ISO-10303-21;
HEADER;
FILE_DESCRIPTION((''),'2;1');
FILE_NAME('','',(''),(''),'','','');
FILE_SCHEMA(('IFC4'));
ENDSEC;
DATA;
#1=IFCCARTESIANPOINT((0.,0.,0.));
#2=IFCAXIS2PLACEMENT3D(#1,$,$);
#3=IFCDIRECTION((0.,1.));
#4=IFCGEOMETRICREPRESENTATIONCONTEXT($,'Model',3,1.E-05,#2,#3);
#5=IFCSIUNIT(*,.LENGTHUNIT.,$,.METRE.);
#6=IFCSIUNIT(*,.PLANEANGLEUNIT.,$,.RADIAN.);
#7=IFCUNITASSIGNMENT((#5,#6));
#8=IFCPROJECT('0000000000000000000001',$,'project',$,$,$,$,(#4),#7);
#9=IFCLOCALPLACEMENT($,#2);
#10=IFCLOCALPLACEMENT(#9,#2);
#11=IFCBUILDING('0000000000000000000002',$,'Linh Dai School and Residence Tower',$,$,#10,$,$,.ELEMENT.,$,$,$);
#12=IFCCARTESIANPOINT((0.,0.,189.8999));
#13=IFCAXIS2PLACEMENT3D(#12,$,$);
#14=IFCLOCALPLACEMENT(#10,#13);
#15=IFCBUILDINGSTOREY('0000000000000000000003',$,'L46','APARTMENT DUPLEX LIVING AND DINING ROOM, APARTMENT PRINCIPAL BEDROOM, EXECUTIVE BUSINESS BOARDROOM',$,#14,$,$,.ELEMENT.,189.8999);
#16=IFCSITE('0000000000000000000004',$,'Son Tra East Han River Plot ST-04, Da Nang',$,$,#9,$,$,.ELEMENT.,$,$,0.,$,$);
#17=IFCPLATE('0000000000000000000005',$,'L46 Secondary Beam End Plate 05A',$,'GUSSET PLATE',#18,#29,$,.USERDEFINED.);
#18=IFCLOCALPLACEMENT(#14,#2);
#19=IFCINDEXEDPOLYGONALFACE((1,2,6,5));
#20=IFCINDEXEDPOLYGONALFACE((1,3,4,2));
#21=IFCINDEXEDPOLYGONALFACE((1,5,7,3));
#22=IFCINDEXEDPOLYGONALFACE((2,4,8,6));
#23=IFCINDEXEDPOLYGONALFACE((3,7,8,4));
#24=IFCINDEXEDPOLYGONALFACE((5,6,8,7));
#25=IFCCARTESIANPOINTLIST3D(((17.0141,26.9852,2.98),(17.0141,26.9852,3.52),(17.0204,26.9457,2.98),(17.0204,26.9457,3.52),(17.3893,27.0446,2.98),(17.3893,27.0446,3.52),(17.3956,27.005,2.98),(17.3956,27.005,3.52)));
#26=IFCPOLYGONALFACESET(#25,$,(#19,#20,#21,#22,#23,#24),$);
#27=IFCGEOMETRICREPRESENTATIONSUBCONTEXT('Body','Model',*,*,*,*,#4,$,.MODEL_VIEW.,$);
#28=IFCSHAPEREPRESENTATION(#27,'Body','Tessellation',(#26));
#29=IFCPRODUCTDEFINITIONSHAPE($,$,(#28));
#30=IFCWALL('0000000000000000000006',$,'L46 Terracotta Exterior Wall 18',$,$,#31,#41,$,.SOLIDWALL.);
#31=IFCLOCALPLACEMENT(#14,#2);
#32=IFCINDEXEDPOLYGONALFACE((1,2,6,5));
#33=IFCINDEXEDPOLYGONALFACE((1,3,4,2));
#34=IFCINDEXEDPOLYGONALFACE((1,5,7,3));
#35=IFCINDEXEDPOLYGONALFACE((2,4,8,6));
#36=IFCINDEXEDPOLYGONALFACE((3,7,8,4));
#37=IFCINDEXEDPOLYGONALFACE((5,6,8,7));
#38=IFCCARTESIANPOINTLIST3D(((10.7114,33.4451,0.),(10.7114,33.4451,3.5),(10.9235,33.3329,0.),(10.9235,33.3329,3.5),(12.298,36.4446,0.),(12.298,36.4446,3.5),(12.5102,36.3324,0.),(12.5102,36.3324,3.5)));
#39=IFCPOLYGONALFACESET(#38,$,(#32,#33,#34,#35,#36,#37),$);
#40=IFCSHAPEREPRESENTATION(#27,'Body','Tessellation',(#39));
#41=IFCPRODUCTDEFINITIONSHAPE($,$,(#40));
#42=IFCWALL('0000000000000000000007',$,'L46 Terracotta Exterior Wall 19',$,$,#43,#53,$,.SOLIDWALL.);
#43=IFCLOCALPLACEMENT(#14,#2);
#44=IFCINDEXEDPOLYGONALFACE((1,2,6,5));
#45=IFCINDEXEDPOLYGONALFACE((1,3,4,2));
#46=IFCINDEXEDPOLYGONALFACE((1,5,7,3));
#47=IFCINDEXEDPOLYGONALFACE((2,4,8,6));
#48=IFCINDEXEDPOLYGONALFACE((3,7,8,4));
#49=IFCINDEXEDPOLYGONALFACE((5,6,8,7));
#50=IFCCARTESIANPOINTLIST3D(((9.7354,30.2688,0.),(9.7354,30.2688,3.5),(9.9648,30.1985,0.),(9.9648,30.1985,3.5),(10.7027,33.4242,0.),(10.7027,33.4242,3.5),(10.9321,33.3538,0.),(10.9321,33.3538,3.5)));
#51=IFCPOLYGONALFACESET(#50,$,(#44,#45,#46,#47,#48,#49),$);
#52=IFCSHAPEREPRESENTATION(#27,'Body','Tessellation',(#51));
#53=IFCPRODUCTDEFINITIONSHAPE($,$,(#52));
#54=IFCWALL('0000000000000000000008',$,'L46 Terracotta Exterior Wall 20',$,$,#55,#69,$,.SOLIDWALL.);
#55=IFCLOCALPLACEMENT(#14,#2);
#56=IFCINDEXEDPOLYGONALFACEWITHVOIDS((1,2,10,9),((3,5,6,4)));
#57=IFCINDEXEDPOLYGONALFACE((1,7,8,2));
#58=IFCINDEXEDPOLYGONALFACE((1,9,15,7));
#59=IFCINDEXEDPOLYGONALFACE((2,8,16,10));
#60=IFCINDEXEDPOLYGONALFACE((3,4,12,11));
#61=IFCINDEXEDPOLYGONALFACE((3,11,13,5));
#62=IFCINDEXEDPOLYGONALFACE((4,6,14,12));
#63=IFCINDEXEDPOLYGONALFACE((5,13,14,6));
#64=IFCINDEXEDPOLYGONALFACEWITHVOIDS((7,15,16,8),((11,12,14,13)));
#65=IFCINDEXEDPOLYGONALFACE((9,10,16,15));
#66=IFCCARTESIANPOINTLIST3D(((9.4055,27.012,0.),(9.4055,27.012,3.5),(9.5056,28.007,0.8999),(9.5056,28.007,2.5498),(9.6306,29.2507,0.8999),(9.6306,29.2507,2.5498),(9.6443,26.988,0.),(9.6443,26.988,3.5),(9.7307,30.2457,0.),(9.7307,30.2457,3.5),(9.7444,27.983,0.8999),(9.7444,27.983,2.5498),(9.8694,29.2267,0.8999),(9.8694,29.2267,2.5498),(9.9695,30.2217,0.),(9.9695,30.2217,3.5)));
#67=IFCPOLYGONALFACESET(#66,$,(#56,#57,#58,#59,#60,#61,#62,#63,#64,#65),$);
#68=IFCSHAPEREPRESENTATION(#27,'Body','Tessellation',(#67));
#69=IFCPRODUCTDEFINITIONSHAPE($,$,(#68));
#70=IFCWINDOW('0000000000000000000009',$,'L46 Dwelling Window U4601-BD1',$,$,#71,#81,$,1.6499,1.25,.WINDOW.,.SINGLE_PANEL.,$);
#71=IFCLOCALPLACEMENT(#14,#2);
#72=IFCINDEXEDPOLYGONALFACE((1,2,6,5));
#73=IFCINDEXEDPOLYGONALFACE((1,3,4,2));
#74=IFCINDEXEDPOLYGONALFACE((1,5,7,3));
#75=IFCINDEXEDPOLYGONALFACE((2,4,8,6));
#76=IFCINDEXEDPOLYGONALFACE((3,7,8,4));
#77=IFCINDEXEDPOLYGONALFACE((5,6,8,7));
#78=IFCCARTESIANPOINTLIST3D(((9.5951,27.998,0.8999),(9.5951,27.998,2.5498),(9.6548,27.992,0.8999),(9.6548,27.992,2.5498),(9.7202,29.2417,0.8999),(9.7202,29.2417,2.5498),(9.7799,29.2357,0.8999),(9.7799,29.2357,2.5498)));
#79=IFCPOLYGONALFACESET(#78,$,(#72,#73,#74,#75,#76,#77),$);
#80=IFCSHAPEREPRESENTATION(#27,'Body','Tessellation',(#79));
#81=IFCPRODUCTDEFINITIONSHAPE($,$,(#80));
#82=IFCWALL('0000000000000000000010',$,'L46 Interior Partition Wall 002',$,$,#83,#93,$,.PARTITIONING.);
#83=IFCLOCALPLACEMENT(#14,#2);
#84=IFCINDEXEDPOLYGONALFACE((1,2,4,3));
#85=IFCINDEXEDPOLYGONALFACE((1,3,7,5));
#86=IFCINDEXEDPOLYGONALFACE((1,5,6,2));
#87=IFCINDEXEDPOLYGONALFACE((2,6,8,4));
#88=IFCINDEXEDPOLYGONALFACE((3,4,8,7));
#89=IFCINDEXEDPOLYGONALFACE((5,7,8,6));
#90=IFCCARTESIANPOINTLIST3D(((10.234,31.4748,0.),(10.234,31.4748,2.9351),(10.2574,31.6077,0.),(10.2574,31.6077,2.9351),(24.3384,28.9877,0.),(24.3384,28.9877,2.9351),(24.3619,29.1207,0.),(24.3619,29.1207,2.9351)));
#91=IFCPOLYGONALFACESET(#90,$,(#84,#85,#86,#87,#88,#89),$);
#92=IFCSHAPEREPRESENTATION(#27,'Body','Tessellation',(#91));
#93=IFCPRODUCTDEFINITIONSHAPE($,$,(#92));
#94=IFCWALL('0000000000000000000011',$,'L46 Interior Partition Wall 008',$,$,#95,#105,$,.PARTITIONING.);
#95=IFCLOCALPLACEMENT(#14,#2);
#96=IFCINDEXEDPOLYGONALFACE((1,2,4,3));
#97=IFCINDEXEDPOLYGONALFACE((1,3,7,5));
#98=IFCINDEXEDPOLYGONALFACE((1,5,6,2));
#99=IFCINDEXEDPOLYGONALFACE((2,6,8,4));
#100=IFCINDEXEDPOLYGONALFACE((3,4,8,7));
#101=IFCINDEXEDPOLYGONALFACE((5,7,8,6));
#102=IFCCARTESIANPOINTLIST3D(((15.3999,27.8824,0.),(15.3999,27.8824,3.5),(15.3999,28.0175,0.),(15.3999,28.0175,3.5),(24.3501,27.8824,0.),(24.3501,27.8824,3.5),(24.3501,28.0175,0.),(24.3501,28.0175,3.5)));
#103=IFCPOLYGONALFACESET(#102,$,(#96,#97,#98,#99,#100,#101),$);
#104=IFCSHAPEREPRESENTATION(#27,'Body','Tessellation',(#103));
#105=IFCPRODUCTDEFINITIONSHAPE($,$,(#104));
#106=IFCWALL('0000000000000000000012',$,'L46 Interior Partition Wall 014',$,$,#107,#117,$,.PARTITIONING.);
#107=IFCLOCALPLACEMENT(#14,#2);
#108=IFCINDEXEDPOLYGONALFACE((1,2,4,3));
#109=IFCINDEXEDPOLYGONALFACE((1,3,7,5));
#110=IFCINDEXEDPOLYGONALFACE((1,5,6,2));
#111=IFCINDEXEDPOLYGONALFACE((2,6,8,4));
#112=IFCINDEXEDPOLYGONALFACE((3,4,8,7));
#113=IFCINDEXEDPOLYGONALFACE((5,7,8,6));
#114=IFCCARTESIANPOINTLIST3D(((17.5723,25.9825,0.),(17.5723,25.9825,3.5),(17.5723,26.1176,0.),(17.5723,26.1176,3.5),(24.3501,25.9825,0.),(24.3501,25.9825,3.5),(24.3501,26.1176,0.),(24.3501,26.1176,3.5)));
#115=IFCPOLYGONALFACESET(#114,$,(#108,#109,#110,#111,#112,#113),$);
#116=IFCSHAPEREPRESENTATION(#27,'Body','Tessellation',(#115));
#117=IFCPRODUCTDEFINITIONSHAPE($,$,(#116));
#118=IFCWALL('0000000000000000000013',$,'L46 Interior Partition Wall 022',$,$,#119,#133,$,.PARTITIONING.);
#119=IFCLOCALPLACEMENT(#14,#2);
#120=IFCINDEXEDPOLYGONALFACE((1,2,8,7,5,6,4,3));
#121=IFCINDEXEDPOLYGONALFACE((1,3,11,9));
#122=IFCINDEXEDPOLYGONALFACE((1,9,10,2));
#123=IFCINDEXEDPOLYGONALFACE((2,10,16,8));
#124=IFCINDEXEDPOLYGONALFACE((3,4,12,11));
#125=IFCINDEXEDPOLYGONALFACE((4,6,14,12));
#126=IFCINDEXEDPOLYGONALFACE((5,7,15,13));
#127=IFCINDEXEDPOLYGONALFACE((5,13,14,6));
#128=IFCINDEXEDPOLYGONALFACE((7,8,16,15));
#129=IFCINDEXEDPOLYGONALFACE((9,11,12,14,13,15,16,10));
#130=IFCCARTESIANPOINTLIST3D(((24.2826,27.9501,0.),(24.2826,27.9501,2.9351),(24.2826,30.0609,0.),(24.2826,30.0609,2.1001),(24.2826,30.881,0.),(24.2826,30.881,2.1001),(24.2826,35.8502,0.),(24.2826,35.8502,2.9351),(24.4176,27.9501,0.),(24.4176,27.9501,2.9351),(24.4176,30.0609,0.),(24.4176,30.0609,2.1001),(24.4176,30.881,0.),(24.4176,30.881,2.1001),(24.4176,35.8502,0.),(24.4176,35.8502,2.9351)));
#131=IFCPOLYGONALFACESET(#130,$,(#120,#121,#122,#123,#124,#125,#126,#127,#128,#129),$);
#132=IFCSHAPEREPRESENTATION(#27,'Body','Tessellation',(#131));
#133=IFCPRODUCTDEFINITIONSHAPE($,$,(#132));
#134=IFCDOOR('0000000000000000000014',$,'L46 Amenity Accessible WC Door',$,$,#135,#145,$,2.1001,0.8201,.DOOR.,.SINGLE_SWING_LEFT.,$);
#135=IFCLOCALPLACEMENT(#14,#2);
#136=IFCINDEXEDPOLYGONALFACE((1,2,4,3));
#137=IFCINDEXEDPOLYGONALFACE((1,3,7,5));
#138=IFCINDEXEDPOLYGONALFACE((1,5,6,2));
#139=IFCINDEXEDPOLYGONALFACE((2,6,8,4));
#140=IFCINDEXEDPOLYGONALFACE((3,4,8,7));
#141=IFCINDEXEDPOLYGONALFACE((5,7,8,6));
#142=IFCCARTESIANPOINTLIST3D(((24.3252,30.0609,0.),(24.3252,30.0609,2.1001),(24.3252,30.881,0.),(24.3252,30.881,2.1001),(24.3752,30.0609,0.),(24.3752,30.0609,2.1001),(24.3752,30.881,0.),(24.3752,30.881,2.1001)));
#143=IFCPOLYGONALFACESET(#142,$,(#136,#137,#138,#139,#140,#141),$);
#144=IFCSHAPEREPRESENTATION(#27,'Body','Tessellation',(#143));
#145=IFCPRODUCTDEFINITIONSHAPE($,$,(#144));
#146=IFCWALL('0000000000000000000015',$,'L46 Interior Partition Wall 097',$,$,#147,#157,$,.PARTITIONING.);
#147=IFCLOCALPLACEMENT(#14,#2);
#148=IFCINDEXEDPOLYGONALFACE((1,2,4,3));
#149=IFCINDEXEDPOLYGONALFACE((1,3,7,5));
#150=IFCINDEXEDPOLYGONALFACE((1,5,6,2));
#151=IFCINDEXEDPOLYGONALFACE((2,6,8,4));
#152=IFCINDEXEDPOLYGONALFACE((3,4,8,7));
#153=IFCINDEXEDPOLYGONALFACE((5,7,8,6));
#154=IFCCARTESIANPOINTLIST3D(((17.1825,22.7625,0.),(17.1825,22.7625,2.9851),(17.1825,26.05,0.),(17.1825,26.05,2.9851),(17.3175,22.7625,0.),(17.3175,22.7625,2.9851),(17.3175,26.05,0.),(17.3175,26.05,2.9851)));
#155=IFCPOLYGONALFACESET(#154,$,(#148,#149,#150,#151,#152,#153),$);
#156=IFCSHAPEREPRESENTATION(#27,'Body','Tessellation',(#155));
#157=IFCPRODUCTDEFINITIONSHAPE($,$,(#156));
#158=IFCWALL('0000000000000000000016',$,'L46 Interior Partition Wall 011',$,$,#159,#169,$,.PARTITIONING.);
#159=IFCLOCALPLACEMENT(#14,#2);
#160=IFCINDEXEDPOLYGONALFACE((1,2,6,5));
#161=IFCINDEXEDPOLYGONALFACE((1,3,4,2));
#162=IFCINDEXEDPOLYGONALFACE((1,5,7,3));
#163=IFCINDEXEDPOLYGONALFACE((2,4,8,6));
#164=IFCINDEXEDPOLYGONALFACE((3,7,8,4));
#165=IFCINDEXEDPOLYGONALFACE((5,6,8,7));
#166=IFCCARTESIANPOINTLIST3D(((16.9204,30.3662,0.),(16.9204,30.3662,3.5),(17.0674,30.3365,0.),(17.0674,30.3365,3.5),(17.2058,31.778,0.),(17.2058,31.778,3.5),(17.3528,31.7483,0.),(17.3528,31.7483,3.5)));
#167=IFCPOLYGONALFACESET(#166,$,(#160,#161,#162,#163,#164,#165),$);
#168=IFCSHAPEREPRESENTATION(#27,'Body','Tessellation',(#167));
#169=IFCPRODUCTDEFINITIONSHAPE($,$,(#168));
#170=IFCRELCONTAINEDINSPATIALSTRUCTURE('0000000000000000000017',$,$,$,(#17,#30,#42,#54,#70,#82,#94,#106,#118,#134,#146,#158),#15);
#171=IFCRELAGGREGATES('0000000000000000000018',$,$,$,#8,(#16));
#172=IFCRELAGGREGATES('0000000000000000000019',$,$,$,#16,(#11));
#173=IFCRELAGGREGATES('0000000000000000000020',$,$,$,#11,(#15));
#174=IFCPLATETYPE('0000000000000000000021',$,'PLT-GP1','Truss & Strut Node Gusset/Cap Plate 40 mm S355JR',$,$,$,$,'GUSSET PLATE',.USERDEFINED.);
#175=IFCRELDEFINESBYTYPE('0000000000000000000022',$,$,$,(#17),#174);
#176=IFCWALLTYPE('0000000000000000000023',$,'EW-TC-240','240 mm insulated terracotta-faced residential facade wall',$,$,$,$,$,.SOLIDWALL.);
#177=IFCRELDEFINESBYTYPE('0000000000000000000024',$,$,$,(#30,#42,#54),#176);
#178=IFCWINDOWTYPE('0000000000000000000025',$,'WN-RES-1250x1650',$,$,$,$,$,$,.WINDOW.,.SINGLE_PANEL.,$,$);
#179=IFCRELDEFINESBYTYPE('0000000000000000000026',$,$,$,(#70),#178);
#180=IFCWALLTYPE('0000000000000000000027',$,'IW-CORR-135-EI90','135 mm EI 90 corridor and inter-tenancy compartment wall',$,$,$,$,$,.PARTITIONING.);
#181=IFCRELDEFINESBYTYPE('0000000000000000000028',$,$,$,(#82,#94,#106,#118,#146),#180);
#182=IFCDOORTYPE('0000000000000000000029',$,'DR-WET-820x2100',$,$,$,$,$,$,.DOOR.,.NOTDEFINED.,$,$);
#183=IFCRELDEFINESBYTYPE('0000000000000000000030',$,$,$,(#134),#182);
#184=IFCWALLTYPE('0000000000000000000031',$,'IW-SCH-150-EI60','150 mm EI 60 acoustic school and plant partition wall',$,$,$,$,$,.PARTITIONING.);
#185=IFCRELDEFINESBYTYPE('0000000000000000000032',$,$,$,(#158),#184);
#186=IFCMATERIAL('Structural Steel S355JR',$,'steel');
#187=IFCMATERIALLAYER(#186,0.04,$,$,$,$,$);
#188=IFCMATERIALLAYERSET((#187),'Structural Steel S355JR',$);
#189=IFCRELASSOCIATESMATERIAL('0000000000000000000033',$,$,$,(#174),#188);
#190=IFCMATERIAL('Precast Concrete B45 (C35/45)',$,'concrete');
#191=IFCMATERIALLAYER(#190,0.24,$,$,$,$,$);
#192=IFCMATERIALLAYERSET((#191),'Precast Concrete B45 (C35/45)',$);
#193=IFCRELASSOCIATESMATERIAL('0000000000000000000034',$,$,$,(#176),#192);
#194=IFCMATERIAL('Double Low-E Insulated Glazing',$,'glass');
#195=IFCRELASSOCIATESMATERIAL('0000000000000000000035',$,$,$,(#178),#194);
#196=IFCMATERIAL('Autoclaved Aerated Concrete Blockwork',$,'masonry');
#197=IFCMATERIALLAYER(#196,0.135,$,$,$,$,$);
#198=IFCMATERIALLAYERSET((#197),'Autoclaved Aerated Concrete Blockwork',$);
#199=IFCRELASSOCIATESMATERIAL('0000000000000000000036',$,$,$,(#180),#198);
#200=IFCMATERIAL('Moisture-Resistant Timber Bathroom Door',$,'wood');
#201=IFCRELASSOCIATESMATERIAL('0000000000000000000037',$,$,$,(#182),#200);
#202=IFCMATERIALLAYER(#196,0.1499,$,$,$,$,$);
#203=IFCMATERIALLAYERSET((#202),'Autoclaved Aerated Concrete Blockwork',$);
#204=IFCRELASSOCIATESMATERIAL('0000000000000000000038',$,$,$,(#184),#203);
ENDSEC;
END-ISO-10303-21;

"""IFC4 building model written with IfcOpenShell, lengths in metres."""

from ifc_helpers import new_model, si_unit, direction, frame, frame_2d, origin, origin_2d, place, context, subcontext, project, spatial, rectangle, extrude, source, transform, mapped, material, layer, layer_set, type_object, element, fill, save


model = new_model("IFC4")

# Units and contexts
model_context = context("Model", 3, precision=1e-05, world=origin(), true_north=direction((0.0, 1.0)))
body_context = subcontext(model_context, "Body", "Model", "MODEL_VIEW")
ifc_project = project(units=[si_unit("LENGTHUNIT", "METRE"), si_unit("PLANEANGLEUNIT", "RADIAN")], contexts=[model_context])

# Site, building, storey
site_placement = place(None, origin())
site = spatial("IfcSite", under=ifc_project, at=site_placement, Name="Son Tra East Han River Plot ST-04, Da Nang", CompositionType="ELEMENT", RefElevation=0.0)
building_placement = place(site_placement, origin())
building = spatial("IfcBuilding", under=site, at=building_placement, Name="Linh Dai School and Residence Tower", CompositionType="ELEMENT")
storey_placement = place(building_placement, frame((0.0, 0.0, 189.8999)))
storey = spatial("IfcBuildingStorey", under=building, at=storey_placement, Name="L46", Description="APARTMENT DUPLEX LIVING AND DINING ROOM, APARTMENT PRINCIPAL BEDROOM, EXECUTIVE BUSINESS BOARDROOM", CompositionType="ELEMENT", Elevation=189.8999)

# Shared definitions
ifc_material_1 = material(Name="Structural Steel S355JR", Category="steel")

# Plate
ifc_layer_1 = layer(ifc_material_1, 0.04)
ifc_layer_set_1 = layer_set([ifc_layer_1], Name="Structural Steel S355JR")
plate_type = type_object("IfcPlateType", Name="PLT-GP1", Description="Truss & Strut Node Gusset/Cap Plate 40 mm S355JR", ElementType="GUSSET PLATE", PredefinedType="USERDEFINED", material=ifc_layer_set_1)
shared_shape_1 = source(origin(), body_context, "Body", "SweptSolid", [
    extrude(rectangle(XDim=0.04, YDim=0.3799, at=origin_2d()), origin(), (0.0, 0.0, 1.0), 0.54),
])
plate_placement = place(storey_placement, frame((17.2048, 26.9951, 2.98), z_axis=(0.0, 0.0, 1.0), x_axis=(0.156309, -0.987708, 0.0)))
element("IfcPlate", 1, at=plate_placement, inside=storey, type_object=plate_type, Name="L46 Secondary Beam End Plate 05A", ObjectType="GUSSET PLATE", PredefinedType="USERDEFINED", context=body_context, shape_type="MappedRepresentation", body=[
    mapped(shared_shape_1, transform((0.0, 0.0, 0.0), x_axis=(1.0, 0.0, 0.0), y_axis=(0.0, 1.0, 0.0), z_axis=(0.0, 0.0, 1.0), scale=1.0)),
])

# Walls
ifc_material_2 = material(Name="Precast Concrete B45 (C35/45)", Category="concrete")
ifc_layer_2 = layer(ifc_material_2, 0.24)
ifc_layer_set_2 = layer_set([ifc_layer_2], Name="Precast Concrete B45 (C35/45)")
wall_type_1 = type_object("IfcWallType", Name="EW-TC-240", Description="240 mm insulated terracotta-faced residential facade wall", PredefinedType="SOLIDWALL", material=ifc_layer_set_2)
wall_1_placement = place(storey_placement, frame((10.8174, 33.3889, 0.0), z_axis=(0.0, 0.0, 1.0), x_axis=(0.467587, 0.883947, 0.0)))
element("IfcWall", 2, at=wall_1_placement, inside=storey, type_object=wall_type_1, Name="L46 Terracotta Exterior Wall 18", PredefinedType="SOLIDWALL", context=body_context, shape_type="SweptSolid", body=[
    extrude(rectangle(XDim=3.3933, YDim=0.24, at=frame_2d((1.6968, 0.0))), origin(), (0.0, 0.0, 1.0), 3.5),
])
wall_2_placement = place(storey_placement, frame((9.8501, 30.2336, 0.0), z_axis=(0.0, 0.0, 1.0), x_axis=(0.293098, 0.956082, 0.0)))
element("IfcWall", 3, at=wall_2_placement, inside=storey, type_object=wall_type_1, Name="L46 Terracotta Exterior Wall 19", PredefinedType="SOLIDWALL", context=body_context, shape_type="SweptSolid", body=[
    extrude(rectangle(XDim=3.3003, YDim=0.24, at=frame_2d((1.6501, 0.0))), origin(), (0.0, 0.0, 1.0), 3.5),
])

# Wall, opening, window
wall_3_placement = place(storey_placement, frame((9.5249, 27.0, 0.0), z_axis=(0.0, 0.0, 1.0), x_axis=(0.100062, 0.994981, 0.0)))
wall_3 = element("IfcWall", 4, at=wall_3_placement, inside=storey, type_object=wall_type_1, Name="L46 Terracotta Exterior Wall 20", PredefinedType="SOLIDWALL", context=body_context, shape_type="SweptSolid", body=[
    extrude(rectangle(XDim=3.25, YDim=0.24, at=frame_2d((1.625, 0.0))), origin(), (0.0, 0.0, 1.0), 3.5),
])
opening_1_placement = place(wall_3_placement, frame((1.0, 0.0, 0.8999)))
opening_1 = element("IfcOpeningElement", 5, at=opening_1_placement, cuts=wall_3, PredefinedType="OPENING", context=body_context, shape_type="SweptSolid", body=[
    extrude(rectangle(XDim=1.25, YDim=1.6499, at=origin_2d()), frame((0.625, 0.1299, 0.825), z_axis=(0.0, -1.0, 0.0), x_axis=(1.0, 0.0, 0.0)), (0.0, 0.0, 1.0), 0.26),
])
ifc_material_3 = material(Name="Double Low-E Insulated Glazing", Category="glass")
window_type = type_object("IfcWindowType", Name="WN-RES-1250x1650", PartitioningType="SINGLE_PANEL", PredefinedType="WINDOW", material=ifc_material_3)
shared_shape_2 = source(origin(), body_context, "Body", "SweptSolid", [
    extrude(rectangle(XDim=1.25, YDim=1.6499, at=origin_2d()), frame((0.625, 0.03, 0.825), z_axis=(0.0, -1.0, 0.0), x_axis=(1.0, 0.0, 0.0)), (0.0, 0.0, 1.0), 0.0601),
])
window_placement = place(opening_1_placement, origin())
window = element("IfcWindow", 6, at=window_placement, inside=storey, type_object=window_type, Name="L46 Dwelling Window U4601-BD1", OverallHeight=1.6499, OverallWidth=1.25, PartitioningType="SINGLE_PANEL", PredefinedType="WINDOW", context=body_context, shape_type="MappedRepresentation", body=[
    mapped(shared_shape_2, transform((0.0, 0.0, 0.0), x_axis=(1.0, 0.0, 0.0), y_axis=(0.0, 1.0, 0.0), z_axis=(0.0, 0.0, 1.0), scale=1.0)),
])
fill(opening_1, window)

# Walls
ifc_material_4 = material(Name="Autoclaved Aerated Concrete Blockwork", Category="masonry")
ifc_layer_3 = layer(ifc_material_4, 0.135)
ifc_layer_set_3 = layer_set([ifc_layer_3], Name="Autoclaved Aerated Concrete Blockwork")
wall_type_2 = type_object("IfcWallType", Name="IW-CORR-135-EI90", Description="135 mm EI 90 corridor and inter-tenancy compartment wall", PredefinedType="PARTITIONING", material=ifc_layer_set_3)
wall_4_placement = place(storey_placement, frame((10.2456, 31.5413, 0.0), z_axis=(0.0, 0.0, 1.0), x_axis=(0.984807, -0.173652, 0.0)))
element("IfcWall", 7, at=wall_4_placement, inside=storey, type_object=wall_type_2, Name="L46 Interior Partition Wall 002", PredefinedType="PARTITIONING", context=body_context, shape_type="SweptSolid", body=[
    extrude(rectangle(XDim=14.322, YDim=0.135, at=frame_2d((7.1611, 0.0))), origin(), (0.0, 0.0, 1.0), 2.9351),
])
wall_5_placement = place(storey_placement, frame((15.3999, 27.95, 0.0), z_axis=(0.0, 0.0, 1.0), x_axis=(1.0, 0.0, 0.0)))
element("IfcWall", 8, at=wall_5_placement, inside=storey, type_object=wall_type_2, Name="L46 Interior Partition Wall 008", PredefinedType="PARTITIONING", context=body_context, shape_type="SweptSolid", body=[
    extrude(rectangle(XDim=8.9502, YDim=0.135, at=frame_2d((4.4751, 0.0))), origin(), (0.0, 0.0, 1.0), 3.5),
])
wall_6_placement = place(storey_placement, frame((17.5723, 26.05, 0.0), z_axis=(0.0, 0.0, 1.0), x_axis=(1.0, 0.0, 0.0)))
element("IfcWall", 9, at=wall_6_placement, inside=storey, type_object=wall_type_2, Name="L46 Interior Partition Wall 014", PredefinedType="PARTITIONING", context=body_context, shape_type="SweptSolid", body=[
    extrude(rectangle(XDim=6.7778, YDim=0.135, at=frame_2d((3.3889, 0.0))), origin(), (0.0, 0.0, 1.0), 3.5),
])

# Wall, opening, door
wall_7_placement = place(storey_placement, frame((24.3501, 27.95, 0.0), z_axis=(0.0, 0.0, 1.0), x_axis=(0.0, 1.0, 0.0)))
wall_7 = element("IfcWall", 10, at=wall_7_placement, inside=storey, type_object=wall_type_2, Name="L46 Interior Partition Wall 022", PredefinedType="PARTITIONING", context=body_context, shape_type="SweptSolid", body=[
    extrude(rectangle(XDim=7.9001, YDim=0.135, at=frame_2d((3.9502, 0.0))), origin(), (0.0, 0.0, 1.0), 2.9351),
])
opening_2_placement = place(wall_7_placement, frame((2.1108, 0.0, 0.0)))
opening_2 = element("IfcOpeningElement", 11, at=opening_2_placement, cuts=wall_7, PredefinedType="OPENING", context=body_context, shape_type="SweptSolid", body=[
    extrude(rectangle(XDim=0.8201, YDim=2.1001, at=origin_2d()), frame((0.4102, 0.0776, 1.05), z_axis=(0.0, -1.0, 0.0), x_axis=(1.0, 0.0, 0.0)), (0.0, 0.0, 1.0), 0.155),
])
ifc_material_5 = material(Name="Moisture-Resistant Timber Bathroom Door", Category="wood")
door_type_1 = type_object("IfcDoorType", Name="DR-WET-820x2100", OperationType="NOTDEFINED", PredefinedType="DOOR", material=ifc_material_5)
shared_shape_3 = source(origin(), body_context, "Body", "SweptSolid", [
    extrude(rectangle(XDim=0.8201, YDim=2.1001, at=origin_2d()), frame((0.4102, 0.0249, 1.05), z_axis=(0.0, -1.0, 0.0), x_axis=(1.0, 0.0, 0.0)), (0.0, 0.0, 1.0), 0.05),
])
door_1_placement = place(opening_2_placement, origin())
door_1 = element("IfcDoor", 12, at=door_1_placement, inside=storey, type_object=door_type_1, Name="L46 Amenity Accessible WC Door", OperationType="SINGLE_SWING_LEFT", OverallHeight=2.1001, OverallWidth=0.8201, PredefinedType="DOOR", context=body_context, shape_type="MappedRepresentation", body=[
    mapped(shared_shape_3, transform((0.0, 0.0, 0.0), x_axis=(1.0, 0.0, 0.0), y_axis=(0.0, 1.0, 0.0), z_axis=(0.0, 0.0, 1.0), scale=1.0)),
])
fill(opening_2, door_1)

# Walls
wall_8_placement = place(storey_placement, frame((17.25, 26.05, 0.0), z_axis=(0.0, 0.0, 1.0), x_axis=(0.0, -1.0, 0.0)))
element("IfcWall", 13, at=wall_8_placement, inside=storey, type_object=wall_type_2, Name="L46 Interior Partition Wall 097", PredefinedType="PARTITIONING", context=body_context, shape_type="SweptSolid", body=[
    extrude(rectangle(XDim=3.2876, YDim=0.135, at=frame_2d((1.6438, 0.0))), origin(), (0.0, 0.0, 1.0), 2.9851),
])
ifc_layer_4 = layer(ifc_material_4, 0.1499)
ifc_layer_set_4 = layer_set([ifc_layer_4], Name="Autoclaved Aerated Concrete Blockwork")
wall_type_3 = type_object("IfcWallType", Name="IW-SCH-150-EI60", Description="150 mm EI 60 acoustic school and plant partition wall", PredefinedType="PARTITIONING", material=ifc_layer_set_4)
wall_9_placement = place(storey_placement, frame((16.9939, 30.3513, 0.0), z_axis=(0.0, 0.0, 1.0), x_axis=(0.198137, 0.980174, 0.0)))
element("IfcWall", 14, at=wall_9_placement, inside=storey, type_object=wall_type_3, Name="L46 Interior Partition Wall 011", PredefinedType="PARTITIONING", context=body_context, shape_type="SweptSolid", body=[
    extrude(rectangle(XDim=1.4404, YDim=0.1499, at=frame_2d((0.7202, 0.0))), origin(), (0.0, 0.0, 1.0), 3.5),
])

save(model, "model.ifc")
